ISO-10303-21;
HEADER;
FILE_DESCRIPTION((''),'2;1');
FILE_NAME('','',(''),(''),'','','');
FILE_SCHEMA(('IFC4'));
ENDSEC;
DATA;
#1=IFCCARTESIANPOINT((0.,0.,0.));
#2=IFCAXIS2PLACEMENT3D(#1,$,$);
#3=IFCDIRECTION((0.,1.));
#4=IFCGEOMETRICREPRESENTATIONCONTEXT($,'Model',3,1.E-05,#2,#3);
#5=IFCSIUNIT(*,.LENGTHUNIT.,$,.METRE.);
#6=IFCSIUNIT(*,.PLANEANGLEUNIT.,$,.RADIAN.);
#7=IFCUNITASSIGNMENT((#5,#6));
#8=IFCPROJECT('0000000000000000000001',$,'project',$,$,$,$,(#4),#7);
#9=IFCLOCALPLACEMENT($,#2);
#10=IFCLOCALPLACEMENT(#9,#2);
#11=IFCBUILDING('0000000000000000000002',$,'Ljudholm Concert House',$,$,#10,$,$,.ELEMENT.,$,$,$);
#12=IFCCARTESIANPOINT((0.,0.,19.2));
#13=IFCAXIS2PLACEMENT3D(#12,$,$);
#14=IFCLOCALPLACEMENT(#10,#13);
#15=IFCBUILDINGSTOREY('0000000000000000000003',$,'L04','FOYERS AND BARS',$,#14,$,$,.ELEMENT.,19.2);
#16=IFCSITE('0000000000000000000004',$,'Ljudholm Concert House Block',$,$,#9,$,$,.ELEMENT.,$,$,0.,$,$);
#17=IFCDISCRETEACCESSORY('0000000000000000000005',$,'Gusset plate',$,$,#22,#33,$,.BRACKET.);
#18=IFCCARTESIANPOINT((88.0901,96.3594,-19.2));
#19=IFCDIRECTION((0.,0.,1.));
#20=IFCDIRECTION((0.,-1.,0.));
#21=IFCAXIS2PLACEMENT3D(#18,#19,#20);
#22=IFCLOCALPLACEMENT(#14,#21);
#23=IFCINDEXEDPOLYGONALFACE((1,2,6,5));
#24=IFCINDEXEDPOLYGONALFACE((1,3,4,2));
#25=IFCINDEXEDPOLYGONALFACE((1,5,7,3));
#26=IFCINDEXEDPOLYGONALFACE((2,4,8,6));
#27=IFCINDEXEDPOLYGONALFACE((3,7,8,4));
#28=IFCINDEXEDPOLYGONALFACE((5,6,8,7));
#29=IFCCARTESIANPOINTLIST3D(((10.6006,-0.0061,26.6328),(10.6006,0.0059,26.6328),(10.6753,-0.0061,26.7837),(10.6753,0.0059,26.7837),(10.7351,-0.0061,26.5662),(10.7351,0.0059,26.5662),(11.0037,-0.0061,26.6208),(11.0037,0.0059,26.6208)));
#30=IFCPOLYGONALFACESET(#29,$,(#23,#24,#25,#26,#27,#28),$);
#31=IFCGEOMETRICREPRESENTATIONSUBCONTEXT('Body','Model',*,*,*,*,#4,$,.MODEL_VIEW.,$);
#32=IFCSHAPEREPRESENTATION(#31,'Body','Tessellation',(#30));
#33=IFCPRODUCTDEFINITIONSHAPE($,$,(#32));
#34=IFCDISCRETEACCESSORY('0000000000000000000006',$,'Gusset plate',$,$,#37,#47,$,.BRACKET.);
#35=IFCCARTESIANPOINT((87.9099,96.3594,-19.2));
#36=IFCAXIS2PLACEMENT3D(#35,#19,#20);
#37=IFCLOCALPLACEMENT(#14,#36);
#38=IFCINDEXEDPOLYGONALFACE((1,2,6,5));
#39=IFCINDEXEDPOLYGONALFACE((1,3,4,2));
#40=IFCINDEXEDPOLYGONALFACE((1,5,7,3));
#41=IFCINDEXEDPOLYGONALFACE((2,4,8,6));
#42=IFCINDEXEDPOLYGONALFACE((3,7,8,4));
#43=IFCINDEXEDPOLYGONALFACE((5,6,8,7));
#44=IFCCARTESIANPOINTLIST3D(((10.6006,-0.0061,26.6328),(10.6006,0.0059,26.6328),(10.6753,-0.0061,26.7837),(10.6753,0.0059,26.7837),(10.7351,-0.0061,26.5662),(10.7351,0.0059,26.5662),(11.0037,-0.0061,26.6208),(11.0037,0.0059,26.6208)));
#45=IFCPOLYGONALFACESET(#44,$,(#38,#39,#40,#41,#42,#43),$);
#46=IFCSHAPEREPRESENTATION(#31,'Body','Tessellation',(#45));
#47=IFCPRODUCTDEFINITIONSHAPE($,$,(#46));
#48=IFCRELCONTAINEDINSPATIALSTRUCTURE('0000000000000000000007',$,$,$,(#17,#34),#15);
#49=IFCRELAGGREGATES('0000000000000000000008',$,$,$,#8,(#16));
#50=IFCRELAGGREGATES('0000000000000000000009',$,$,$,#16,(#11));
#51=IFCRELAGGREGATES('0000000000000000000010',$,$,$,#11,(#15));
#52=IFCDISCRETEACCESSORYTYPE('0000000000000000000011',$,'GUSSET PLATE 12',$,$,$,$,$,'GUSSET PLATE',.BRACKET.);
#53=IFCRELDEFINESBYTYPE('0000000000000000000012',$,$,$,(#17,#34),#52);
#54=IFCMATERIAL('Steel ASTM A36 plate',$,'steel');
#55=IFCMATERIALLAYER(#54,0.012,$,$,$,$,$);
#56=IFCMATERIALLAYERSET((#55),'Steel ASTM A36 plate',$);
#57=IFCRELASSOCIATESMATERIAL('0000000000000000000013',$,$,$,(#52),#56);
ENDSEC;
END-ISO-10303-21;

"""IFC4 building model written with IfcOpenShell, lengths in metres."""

from ifc_helpers import new_model, si_unit, direction, frame, origin, place, context, subcontext, project, spatial, polyline, outline, extrude, material, layer, layer_set, type_object, element, save


model = new_model("IFC4")

# Units and contexts
model_context = context("Model", 3, precision=1e-05, world=origin(), true_north=direction((0.0, 1.0)))
body_context = subcontext(model_context, "Body", "Model", "MODEL_VIEW")
ifc_project = project(units=[si_unit("LENGTHUNIT", "METRE"), si_unit("PLANEANGLEUNIT", "RADIAN")], contexts=[model_context])

# Site, building, storey
site_placement = place(None, origin())
site = spatial("IfcSite", under=ifc_project, at=site_placement, Name="Ljudholm Concert House Block", CompositionType="ELEMENT", RefElevation=0.0)
building_placement = place(site_placement, origin())
building = spatial("IfcBuilding", under=site, at=building_placement, Name="Ljudholm Concert House", CompositionType="ELEMENT")
storey_placement = place(building_placement, frame((0.0, 0.0, 19.2)))
storey = spatial("IfcBuildingStorey", under=building, at=storey_placement, Name="L04", Description="FOYERS AND BARS", CompositionType="ELEMENT", Elevation=19.2)

# Discrete accessories
ifc_material_1 = material(Name="Steel ASTM A36 plate", Category="steel")
ifc_layer_1 = layer(ifc_material_1, 0.012)
ifc_layer_set_1 = layer_set([ifc_layer_1], Name="Steel ASTM A36 plate")
discrete_accessory_type = type_object("IfcDiscreteAccessoryType", Name="GUSSET PLATE 12", ElementType="GUSSET PLATE", PredefinedType="BRACKET", material=ifc_layer_set_1)
for number, where, z_axis, x_axis, name in (
    (1, (88.0901, 96.3594, -19.2), (0.0, 0.0, 1.0), (0.0, -1.0, 0.0), "Gusset plate"),
    (2, (87.9099, 96.3594, -19.2), (0.0, 0.0, 1.0), (0.0, -1.0, 0.0), "Gusset plate"),
):
    element("IfcDiscreteAccessory", number, at=place(storey_placement, frame(where, z_axis=z_axis, x_axis=x_axis)), inside=storey, type_object=discrete_accessory_type, Name=name, PredefinedType="BRACKET", context=body_context, shape_type="SweptSolid", body=[
        extrude(outline(polyline([(10.6753, 26.7837), (11.0037, 26.6208), (10.7351, 26.5662), (10.6006, 26.6328), (10.6753, 26.7837)])), frame((0.0, 0.0059, 0.0), z_axis=(0.0, -1.0, 0.0), x_axis=(1.0, 0.0, 0.0)), (0.0, 0.0, 1.0), 0.012),
    ])

save(model, "model.ifc")
